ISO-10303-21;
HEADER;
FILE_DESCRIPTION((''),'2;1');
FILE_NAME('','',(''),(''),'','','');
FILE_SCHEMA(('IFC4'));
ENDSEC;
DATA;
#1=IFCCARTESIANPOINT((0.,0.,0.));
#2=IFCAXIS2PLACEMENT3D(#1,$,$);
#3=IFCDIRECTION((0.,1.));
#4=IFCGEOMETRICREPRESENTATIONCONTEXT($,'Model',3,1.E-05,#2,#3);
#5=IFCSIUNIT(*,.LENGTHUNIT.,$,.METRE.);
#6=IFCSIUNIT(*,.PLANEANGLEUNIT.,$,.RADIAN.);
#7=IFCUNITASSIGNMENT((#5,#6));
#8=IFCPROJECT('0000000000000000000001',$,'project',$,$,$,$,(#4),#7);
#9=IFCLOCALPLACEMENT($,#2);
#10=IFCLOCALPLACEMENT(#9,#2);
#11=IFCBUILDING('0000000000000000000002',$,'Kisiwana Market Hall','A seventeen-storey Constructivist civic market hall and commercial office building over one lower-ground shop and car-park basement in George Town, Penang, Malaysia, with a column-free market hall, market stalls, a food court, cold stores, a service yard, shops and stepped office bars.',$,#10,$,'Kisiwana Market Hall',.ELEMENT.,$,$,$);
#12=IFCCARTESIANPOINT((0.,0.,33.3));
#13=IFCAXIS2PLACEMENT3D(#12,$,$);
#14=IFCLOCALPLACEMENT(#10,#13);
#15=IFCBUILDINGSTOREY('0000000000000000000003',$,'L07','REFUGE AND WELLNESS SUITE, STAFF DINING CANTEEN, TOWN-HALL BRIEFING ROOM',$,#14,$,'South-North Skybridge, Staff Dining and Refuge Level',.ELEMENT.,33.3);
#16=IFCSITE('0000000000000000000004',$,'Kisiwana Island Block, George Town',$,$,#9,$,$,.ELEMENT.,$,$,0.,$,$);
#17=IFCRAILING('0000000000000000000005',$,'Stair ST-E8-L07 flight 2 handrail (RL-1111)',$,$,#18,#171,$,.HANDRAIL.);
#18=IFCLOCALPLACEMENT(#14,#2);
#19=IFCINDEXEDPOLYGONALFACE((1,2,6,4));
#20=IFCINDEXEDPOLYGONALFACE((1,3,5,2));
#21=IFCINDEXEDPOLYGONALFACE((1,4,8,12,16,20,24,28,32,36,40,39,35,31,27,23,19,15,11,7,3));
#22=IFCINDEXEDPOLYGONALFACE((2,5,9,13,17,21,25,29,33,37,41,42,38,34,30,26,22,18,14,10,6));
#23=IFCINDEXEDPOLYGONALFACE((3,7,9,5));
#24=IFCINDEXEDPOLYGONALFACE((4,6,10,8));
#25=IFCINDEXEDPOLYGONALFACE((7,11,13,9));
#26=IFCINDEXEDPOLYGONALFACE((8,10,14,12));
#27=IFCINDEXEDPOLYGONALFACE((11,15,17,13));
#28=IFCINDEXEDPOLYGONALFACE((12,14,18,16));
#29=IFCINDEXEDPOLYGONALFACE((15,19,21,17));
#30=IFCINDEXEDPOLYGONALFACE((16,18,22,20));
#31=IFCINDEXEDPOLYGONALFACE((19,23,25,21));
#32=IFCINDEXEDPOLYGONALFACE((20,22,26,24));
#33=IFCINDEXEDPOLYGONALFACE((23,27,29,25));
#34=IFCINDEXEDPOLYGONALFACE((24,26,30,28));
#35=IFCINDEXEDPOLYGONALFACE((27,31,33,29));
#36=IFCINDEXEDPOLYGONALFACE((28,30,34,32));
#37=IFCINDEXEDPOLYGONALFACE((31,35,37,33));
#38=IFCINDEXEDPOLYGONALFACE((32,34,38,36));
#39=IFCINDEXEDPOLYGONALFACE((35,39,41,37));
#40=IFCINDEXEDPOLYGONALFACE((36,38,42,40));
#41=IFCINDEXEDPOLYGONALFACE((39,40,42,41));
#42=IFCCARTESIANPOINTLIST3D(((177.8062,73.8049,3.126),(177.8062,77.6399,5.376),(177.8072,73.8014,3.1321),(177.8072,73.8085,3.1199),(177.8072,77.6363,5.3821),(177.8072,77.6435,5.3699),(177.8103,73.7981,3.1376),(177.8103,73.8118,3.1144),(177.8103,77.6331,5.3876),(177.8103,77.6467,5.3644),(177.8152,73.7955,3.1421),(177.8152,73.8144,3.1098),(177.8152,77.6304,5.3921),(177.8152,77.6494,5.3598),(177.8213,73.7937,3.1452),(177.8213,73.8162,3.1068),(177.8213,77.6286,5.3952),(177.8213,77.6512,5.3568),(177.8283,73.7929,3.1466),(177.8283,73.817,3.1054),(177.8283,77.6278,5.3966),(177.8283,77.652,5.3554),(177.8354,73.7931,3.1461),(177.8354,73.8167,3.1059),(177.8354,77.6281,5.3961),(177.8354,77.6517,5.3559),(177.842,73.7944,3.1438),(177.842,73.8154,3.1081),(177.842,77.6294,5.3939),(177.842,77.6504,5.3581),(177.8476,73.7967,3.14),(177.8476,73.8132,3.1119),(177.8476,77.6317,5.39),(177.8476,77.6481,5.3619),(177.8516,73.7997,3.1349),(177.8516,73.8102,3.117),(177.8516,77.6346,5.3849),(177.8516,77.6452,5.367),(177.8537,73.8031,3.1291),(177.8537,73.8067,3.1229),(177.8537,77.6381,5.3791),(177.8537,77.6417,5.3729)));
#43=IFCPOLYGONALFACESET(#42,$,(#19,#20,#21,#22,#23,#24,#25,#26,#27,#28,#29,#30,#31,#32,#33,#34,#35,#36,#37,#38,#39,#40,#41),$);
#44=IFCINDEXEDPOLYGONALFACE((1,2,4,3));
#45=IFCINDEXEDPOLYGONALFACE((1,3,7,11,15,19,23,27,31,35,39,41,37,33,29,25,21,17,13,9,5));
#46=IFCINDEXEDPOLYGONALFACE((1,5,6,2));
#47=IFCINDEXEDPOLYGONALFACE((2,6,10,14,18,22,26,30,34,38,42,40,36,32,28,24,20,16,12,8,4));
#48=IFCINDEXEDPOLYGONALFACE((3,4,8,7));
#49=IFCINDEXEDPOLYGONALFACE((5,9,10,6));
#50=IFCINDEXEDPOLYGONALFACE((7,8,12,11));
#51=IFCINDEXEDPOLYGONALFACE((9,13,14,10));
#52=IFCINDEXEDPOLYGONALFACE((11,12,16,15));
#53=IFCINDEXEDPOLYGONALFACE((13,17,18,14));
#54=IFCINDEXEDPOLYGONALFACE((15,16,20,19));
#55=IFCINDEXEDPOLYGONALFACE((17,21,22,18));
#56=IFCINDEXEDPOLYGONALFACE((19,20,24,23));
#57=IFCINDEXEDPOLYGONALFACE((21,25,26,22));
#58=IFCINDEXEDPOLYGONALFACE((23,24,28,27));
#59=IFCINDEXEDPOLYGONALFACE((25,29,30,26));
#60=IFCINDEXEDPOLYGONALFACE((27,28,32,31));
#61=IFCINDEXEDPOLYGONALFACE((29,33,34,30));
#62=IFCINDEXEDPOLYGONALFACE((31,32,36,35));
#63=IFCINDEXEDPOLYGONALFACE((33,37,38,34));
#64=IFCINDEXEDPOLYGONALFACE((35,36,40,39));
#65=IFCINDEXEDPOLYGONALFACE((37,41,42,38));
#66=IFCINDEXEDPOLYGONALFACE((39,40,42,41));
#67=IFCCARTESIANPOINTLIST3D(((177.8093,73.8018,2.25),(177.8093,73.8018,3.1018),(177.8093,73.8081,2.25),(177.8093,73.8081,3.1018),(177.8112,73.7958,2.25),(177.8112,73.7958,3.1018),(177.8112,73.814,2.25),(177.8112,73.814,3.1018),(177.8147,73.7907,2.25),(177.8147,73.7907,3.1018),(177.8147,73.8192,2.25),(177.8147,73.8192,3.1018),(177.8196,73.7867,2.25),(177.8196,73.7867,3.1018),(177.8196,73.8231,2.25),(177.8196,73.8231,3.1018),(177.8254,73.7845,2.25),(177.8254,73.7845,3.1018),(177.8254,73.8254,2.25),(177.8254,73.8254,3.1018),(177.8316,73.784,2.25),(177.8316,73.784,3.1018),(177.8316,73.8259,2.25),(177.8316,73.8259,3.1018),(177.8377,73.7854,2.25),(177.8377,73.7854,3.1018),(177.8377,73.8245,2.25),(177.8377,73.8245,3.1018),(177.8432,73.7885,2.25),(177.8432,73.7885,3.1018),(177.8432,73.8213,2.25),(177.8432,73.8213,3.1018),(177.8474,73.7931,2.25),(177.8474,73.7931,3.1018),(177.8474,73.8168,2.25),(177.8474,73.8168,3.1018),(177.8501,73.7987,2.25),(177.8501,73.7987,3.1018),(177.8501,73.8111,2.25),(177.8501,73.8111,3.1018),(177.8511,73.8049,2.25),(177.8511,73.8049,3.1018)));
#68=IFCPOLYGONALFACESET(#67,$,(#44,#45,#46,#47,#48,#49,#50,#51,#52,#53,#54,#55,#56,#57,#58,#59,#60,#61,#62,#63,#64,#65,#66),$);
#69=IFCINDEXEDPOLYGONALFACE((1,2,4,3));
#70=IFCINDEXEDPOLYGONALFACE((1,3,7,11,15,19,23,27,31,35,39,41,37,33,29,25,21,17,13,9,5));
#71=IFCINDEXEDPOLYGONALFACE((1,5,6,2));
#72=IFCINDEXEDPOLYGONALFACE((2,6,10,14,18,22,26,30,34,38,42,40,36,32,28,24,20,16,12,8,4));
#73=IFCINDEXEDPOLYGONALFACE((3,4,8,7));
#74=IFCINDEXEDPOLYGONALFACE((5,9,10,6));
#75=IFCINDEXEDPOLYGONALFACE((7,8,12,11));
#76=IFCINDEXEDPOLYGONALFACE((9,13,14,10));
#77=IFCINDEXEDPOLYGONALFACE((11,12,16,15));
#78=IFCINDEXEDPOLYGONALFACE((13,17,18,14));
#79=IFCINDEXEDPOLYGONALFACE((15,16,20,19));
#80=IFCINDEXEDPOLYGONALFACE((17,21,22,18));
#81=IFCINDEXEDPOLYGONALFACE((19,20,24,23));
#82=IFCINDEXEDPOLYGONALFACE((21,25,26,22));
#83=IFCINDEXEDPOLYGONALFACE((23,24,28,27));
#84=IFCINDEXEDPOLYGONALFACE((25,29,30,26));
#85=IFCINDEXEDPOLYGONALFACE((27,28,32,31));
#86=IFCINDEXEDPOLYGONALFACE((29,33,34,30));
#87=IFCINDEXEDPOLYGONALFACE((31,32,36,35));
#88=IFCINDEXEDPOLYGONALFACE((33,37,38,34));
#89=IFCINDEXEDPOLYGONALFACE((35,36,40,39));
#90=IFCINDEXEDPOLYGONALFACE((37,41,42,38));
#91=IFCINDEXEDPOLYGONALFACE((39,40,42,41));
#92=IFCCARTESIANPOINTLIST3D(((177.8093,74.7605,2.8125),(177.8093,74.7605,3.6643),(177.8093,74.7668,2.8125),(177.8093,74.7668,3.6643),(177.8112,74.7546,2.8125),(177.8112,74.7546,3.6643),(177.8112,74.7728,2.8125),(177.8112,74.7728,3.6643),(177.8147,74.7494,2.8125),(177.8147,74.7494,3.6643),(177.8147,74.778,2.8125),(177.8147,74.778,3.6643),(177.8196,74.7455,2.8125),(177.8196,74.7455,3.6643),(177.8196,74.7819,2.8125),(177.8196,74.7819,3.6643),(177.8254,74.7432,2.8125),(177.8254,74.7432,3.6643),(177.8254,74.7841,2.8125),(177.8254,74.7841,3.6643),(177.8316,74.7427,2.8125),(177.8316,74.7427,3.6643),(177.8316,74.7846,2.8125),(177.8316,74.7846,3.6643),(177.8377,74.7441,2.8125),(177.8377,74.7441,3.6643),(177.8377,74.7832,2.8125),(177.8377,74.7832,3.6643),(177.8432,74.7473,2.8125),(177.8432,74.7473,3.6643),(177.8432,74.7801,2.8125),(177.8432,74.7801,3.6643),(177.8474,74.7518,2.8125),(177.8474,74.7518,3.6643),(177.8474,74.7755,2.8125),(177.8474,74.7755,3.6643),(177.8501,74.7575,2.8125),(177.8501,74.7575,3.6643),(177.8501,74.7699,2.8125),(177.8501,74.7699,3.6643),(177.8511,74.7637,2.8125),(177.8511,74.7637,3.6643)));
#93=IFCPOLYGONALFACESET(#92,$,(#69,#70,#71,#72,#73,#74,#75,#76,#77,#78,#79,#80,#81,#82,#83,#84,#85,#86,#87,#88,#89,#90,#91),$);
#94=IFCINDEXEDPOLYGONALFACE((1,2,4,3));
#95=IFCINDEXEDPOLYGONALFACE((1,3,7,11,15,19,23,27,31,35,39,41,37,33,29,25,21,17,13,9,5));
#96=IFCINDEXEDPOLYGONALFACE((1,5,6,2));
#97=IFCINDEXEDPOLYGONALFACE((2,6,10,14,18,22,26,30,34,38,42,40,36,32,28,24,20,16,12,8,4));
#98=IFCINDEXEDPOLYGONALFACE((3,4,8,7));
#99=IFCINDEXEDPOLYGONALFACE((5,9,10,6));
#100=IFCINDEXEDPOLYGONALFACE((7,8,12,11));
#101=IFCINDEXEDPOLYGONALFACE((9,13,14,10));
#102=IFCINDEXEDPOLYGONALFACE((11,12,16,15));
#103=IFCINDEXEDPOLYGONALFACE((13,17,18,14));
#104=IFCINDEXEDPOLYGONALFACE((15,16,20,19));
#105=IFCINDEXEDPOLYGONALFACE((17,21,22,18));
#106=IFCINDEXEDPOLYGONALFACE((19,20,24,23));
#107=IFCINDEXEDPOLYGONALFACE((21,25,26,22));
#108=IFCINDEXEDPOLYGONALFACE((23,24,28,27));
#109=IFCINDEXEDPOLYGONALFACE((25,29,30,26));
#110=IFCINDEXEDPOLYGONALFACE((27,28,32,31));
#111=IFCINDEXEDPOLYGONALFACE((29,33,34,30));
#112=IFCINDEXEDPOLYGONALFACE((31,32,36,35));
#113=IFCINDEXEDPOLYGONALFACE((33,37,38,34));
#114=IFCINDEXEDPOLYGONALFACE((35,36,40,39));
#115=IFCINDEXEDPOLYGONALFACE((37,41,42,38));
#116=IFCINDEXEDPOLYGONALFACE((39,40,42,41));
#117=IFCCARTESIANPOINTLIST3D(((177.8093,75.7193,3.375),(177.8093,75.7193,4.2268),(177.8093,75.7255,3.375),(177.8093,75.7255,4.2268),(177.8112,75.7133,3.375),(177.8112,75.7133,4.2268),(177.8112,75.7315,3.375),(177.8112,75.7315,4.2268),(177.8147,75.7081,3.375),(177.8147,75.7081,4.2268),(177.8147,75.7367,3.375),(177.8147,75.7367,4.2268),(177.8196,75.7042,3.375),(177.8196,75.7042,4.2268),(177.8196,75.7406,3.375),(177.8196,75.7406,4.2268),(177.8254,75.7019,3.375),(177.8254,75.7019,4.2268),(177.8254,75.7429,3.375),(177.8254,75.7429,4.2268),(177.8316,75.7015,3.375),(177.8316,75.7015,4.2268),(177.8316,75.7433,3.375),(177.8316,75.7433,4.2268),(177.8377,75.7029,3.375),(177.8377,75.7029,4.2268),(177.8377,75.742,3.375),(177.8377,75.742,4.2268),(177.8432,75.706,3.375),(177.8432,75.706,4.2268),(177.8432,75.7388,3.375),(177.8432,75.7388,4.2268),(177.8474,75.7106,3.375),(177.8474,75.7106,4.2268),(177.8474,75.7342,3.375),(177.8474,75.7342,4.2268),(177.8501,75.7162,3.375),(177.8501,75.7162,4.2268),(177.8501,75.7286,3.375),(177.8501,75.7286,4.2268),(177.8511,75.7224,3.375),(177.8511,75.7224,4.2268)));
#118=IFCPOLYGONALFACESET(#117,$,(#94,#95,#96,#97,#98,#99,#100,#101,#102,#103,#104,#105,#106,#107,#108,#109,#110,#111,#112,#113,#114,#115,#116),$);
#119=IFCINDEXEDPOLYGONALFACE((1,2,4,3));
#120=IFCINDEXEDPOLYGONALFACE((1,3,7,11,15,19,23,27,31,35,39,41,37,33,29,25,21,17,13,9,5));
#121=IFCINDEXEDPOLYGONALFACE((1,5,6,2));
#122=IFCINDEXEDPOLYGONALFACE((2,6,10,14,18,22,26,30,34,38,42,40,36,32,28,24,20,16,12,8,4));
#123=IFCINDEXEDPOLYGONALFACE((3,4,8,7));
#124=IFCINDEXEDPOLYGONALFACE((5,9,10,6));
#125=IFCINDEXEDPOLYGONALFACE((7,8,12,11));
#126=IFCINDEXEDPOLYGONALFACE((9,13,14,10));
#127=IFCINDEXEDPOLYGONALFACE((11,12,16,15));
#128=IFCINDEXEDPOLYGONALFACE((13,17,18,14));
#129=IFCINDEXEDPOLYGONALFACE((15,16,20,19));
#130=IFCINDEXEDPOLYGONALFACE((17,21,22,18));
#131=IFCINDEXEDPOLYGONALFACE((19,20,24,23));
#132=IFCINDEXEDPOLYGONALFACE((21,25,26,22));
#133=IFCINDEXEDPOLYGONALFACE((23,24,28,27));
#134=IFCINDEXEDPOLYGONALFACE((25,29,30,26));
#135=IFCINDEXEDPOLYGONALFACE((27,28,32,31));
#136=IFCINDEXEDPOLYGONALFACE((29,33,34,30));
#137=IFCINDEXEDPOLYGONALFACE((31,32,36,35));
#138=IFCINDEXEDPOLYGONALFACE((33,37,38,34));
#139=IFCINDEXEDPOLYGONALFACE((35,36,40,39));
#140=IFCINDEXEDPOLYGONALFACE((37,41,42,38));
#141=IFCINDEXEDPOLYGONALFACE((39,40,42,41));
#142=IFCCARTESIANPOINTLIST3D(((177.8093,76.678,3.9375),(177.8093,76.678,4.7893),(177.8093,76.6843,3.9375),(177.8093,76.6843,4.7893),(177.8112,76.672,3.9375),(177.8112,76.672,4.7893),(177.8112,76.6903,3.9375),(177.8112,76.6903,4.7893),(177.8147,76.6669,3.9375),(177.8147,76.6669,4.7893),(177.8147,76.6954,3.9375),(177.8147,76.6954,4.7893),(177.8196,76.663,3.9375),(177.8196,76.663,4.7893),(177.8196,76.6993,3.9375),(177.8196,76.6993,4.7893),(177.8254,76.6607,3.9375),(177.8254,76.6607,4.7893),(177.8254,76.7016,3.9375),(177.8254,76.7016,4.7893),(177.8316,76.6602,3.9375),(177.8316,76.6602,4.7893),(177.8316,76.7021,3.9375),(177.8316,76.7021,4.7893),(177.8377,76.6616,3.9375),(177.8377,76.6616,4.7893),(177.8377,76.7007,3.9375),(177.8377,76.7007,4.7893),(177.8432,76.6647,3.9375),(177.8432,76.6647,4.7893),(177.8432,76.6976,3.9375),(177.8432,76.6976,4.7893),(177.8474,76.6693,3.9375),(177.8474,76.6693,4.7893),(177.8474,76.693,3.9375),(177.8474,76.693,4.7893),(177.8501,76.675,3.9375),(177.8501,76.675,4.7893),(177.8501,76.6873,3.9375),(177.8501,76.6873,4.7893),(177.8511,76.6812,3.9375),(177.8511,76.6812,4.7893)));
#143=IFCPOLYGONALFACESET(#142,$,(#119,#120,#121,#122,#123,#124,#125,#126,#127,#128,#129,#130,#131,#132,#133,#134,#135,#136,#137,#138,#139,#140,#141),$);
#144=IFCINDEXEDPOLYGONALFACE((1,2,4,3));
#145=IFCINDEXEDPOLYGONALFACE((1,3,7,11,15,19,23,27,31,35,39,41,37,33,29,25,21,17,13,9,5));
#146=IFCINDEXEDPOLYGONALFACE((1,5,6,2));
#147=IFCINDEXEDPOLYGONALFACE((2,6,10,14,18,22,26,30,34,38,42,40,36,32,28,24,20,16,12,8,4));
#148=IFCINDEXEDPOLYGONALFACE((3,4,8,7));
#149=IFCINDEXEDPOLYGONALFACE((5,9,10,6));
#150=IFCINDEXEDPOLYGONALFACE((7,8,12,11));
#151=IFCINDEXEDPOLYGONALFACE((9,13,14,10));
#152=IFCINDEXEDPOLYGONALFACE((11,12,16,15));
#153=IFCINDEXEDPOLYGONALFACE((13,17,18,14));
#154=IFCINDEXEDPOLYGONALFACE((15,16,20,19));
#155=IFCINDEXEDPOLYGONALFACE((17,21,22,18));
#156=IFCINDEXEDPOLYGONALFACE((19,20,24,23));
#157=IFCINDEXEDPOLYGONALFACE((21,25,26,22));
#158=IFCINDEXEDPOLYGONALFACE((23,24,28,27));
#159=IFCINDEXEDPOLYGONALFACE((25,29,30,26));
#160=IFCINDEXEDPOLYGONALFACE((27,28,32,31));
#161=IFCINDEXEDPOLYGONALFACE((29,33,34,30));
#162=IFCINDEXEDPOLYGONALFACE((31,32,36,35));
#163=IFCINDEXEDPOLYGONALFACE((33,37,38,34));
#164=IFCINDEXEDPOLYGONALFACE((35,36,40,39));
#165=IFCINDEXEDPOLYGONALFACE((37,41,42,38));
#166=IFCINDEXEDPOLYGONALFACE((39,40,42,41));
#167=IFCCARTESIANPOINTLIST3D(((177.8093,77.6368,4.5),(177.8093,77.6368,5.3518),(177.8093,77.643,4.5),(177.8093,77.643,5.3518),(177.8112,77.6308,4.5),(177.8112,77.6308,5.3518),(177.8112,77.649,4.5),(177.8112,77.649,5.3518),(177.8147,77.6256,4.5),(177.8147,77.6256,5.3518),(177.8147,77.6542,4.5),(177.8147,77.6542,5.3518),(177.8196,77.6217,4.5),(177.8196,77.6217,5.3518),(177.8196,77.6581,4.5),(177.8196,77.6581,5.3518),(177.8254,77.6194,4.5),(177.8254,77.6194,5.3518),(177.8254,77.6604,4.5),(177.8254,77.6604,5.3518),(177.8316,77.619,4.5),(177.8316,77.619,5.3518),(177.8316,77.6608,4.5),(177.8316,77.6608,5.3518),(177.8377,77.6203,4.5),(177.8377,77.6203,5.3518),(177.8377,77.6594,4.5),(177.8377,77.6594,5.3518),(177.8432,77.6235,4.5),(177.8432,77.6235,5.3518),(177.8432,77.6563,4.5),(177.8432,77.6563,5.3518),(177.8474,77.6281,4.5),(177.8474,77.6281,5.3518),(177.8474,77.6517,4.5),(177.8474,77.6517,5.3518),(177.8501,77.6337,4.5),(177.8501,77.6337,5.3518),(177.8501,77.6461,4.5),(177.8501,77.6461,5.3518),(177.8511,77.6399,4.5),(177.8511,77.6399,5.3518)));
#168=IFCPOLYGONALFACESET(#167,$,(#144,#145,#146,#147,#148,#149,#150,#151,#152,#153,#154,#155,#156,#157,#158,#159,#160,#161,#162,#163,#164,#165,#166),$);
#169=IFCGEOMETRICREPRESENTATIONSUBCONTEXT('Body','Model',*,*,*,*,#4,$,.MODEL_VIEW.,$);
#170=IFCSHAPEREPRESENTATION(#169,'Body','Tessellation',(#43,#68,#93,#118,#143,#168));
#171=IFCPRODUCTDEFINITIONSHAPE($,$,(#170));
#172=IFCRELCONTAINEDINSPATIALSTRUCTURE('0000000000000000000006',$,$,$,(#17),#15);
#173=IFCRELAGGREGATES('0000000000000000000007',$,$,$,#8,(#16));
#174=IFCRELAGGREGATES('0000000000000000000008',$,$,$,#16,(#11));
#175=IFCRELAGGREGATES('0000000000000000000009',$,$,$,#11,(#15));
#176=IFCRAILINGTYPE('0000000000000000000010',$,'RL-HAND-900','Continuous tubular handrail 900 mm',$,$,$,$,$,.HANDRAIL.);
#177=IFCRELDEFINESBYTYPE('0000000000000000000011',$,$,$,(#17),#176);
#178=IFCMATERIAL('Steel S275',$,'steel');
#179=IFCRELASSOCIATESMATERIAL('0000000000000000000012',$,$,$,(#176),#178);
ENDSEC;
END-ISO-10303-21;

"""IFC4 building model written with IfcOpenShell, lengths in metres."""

from ifc_helpers import new_model, si_unit, direction, frame, origin, origin_2d, place, context, subcontext, project, spatial, circle, extrude, material, type_object, element, save


model = new_model("IFC4")

# Units and contexts
model_context = context("Model", 3, precision=1e-05, world=origin(), true_north=direction((0.0, 1.0)))
body_context = subcontext(model_context, "Body", "Model", "MODEL_VIEW")
ifc_project = project(units=[si_unit("LENGTHUNIT", "METRE"), si_unit("PLANEANGLEUNIT", "RADIAN")], contexts=[model_context])

# Site, building, storey
site_placement = place(None, origin())
site = spatial("IfcSite", under=ifc_project, at=site_placement, Name="Kisiwana Island Block, George Town", CompositionType="ELEMENT", RefElevation=0.0)
building_placement = place(site_placement, origin())
building = spatial("IfcBuilding", under=site, at=building_placement, Name="Kisiwana Market Hall", Description="A seventeen-storey Constructivist civic market hall and commercial office building over one lower-ground shop and car-park basement in George Town, Penang, Malaysia, with a column-free market hall, market stalls, a food court, cold stores, a service yard, shops and stepped office bars.", LongName="Kisiwana Market Hall", CompositionType="ELEMENT")
storey_placement = place(building_placement, frame((0.0, 0.0, 33.3)))
storey = spatial("IfcBuildingStorey", under=building, at=storey_placement, Name="L07", Description="REFUGE AND WELLNESS SUITE, STAFF DINING CANTEEN, TOWN-HALL BRIEFING ROOM", LongName="South-North Skybridge, Staff Dining and Refuge Level", CompositionType="ELEMENT", Elevation=33.3)

# Railing
ifc_material_1 = material(Name="Steel S275", Category="steel")
railing_type_1 = type_object("IfcRailingType", Name="RL-HAND-900", Description="Continuous tubular handrail 900 mm", PredefinedType="HANDRAIL", material=ifc_material_1)
railing_1_placement = place(storey_placement, frame((177.8301, 73.8049, 2.25)))
element("IfcRailing", 1, at=railing_1_placement, inside=storey, type_object=railing_type_1, Name="Stair ST-E8-L07 flight 2 handrail (RL-1111)", PredefinedType="HANDRAIL", context=body_context, shape_type="SweptSolid", body=[
    extrude(circle(Radius=0.0239, at=origin_2d()), frame((0.0, 0.0, 0.876), z_axis=(0.0, 0.86251, 0.506041), x_axis=(-1.0, 0.0, 0.0)), (0.0, 0.0, 1.0), 4.4463),
    extrude(circle(Radius=0.021, at=origin_2d()), origin(), (0.0, 0.0, 1.0), 0.8518),
    extrude(circle(Radius=0.021, at=origin_2d()), frame((0.0, 0.9587, 0.5625)), (0.0, 0.0, 1.0), 0.8518),
    extrude(circle(Radius=0.021, at=origin_2d()), frame((0.0, 1.9175, 1.125)), (0.0, 0.0, 1.0), 0.8518),
    extrude(circle(Radius=0.021, at=origin_2d()), frame((0.0, 2.8762, 1.6875)), (0.0, 0.0, 1.0), 0.8518),
    extrude(circle(Radius=0.021, at=origin_2d()), frame((0.0, 3.835, 2.25)), (0.0, 0.0, 1.0), 0.8518),
])

save(model, "model.ifc")
